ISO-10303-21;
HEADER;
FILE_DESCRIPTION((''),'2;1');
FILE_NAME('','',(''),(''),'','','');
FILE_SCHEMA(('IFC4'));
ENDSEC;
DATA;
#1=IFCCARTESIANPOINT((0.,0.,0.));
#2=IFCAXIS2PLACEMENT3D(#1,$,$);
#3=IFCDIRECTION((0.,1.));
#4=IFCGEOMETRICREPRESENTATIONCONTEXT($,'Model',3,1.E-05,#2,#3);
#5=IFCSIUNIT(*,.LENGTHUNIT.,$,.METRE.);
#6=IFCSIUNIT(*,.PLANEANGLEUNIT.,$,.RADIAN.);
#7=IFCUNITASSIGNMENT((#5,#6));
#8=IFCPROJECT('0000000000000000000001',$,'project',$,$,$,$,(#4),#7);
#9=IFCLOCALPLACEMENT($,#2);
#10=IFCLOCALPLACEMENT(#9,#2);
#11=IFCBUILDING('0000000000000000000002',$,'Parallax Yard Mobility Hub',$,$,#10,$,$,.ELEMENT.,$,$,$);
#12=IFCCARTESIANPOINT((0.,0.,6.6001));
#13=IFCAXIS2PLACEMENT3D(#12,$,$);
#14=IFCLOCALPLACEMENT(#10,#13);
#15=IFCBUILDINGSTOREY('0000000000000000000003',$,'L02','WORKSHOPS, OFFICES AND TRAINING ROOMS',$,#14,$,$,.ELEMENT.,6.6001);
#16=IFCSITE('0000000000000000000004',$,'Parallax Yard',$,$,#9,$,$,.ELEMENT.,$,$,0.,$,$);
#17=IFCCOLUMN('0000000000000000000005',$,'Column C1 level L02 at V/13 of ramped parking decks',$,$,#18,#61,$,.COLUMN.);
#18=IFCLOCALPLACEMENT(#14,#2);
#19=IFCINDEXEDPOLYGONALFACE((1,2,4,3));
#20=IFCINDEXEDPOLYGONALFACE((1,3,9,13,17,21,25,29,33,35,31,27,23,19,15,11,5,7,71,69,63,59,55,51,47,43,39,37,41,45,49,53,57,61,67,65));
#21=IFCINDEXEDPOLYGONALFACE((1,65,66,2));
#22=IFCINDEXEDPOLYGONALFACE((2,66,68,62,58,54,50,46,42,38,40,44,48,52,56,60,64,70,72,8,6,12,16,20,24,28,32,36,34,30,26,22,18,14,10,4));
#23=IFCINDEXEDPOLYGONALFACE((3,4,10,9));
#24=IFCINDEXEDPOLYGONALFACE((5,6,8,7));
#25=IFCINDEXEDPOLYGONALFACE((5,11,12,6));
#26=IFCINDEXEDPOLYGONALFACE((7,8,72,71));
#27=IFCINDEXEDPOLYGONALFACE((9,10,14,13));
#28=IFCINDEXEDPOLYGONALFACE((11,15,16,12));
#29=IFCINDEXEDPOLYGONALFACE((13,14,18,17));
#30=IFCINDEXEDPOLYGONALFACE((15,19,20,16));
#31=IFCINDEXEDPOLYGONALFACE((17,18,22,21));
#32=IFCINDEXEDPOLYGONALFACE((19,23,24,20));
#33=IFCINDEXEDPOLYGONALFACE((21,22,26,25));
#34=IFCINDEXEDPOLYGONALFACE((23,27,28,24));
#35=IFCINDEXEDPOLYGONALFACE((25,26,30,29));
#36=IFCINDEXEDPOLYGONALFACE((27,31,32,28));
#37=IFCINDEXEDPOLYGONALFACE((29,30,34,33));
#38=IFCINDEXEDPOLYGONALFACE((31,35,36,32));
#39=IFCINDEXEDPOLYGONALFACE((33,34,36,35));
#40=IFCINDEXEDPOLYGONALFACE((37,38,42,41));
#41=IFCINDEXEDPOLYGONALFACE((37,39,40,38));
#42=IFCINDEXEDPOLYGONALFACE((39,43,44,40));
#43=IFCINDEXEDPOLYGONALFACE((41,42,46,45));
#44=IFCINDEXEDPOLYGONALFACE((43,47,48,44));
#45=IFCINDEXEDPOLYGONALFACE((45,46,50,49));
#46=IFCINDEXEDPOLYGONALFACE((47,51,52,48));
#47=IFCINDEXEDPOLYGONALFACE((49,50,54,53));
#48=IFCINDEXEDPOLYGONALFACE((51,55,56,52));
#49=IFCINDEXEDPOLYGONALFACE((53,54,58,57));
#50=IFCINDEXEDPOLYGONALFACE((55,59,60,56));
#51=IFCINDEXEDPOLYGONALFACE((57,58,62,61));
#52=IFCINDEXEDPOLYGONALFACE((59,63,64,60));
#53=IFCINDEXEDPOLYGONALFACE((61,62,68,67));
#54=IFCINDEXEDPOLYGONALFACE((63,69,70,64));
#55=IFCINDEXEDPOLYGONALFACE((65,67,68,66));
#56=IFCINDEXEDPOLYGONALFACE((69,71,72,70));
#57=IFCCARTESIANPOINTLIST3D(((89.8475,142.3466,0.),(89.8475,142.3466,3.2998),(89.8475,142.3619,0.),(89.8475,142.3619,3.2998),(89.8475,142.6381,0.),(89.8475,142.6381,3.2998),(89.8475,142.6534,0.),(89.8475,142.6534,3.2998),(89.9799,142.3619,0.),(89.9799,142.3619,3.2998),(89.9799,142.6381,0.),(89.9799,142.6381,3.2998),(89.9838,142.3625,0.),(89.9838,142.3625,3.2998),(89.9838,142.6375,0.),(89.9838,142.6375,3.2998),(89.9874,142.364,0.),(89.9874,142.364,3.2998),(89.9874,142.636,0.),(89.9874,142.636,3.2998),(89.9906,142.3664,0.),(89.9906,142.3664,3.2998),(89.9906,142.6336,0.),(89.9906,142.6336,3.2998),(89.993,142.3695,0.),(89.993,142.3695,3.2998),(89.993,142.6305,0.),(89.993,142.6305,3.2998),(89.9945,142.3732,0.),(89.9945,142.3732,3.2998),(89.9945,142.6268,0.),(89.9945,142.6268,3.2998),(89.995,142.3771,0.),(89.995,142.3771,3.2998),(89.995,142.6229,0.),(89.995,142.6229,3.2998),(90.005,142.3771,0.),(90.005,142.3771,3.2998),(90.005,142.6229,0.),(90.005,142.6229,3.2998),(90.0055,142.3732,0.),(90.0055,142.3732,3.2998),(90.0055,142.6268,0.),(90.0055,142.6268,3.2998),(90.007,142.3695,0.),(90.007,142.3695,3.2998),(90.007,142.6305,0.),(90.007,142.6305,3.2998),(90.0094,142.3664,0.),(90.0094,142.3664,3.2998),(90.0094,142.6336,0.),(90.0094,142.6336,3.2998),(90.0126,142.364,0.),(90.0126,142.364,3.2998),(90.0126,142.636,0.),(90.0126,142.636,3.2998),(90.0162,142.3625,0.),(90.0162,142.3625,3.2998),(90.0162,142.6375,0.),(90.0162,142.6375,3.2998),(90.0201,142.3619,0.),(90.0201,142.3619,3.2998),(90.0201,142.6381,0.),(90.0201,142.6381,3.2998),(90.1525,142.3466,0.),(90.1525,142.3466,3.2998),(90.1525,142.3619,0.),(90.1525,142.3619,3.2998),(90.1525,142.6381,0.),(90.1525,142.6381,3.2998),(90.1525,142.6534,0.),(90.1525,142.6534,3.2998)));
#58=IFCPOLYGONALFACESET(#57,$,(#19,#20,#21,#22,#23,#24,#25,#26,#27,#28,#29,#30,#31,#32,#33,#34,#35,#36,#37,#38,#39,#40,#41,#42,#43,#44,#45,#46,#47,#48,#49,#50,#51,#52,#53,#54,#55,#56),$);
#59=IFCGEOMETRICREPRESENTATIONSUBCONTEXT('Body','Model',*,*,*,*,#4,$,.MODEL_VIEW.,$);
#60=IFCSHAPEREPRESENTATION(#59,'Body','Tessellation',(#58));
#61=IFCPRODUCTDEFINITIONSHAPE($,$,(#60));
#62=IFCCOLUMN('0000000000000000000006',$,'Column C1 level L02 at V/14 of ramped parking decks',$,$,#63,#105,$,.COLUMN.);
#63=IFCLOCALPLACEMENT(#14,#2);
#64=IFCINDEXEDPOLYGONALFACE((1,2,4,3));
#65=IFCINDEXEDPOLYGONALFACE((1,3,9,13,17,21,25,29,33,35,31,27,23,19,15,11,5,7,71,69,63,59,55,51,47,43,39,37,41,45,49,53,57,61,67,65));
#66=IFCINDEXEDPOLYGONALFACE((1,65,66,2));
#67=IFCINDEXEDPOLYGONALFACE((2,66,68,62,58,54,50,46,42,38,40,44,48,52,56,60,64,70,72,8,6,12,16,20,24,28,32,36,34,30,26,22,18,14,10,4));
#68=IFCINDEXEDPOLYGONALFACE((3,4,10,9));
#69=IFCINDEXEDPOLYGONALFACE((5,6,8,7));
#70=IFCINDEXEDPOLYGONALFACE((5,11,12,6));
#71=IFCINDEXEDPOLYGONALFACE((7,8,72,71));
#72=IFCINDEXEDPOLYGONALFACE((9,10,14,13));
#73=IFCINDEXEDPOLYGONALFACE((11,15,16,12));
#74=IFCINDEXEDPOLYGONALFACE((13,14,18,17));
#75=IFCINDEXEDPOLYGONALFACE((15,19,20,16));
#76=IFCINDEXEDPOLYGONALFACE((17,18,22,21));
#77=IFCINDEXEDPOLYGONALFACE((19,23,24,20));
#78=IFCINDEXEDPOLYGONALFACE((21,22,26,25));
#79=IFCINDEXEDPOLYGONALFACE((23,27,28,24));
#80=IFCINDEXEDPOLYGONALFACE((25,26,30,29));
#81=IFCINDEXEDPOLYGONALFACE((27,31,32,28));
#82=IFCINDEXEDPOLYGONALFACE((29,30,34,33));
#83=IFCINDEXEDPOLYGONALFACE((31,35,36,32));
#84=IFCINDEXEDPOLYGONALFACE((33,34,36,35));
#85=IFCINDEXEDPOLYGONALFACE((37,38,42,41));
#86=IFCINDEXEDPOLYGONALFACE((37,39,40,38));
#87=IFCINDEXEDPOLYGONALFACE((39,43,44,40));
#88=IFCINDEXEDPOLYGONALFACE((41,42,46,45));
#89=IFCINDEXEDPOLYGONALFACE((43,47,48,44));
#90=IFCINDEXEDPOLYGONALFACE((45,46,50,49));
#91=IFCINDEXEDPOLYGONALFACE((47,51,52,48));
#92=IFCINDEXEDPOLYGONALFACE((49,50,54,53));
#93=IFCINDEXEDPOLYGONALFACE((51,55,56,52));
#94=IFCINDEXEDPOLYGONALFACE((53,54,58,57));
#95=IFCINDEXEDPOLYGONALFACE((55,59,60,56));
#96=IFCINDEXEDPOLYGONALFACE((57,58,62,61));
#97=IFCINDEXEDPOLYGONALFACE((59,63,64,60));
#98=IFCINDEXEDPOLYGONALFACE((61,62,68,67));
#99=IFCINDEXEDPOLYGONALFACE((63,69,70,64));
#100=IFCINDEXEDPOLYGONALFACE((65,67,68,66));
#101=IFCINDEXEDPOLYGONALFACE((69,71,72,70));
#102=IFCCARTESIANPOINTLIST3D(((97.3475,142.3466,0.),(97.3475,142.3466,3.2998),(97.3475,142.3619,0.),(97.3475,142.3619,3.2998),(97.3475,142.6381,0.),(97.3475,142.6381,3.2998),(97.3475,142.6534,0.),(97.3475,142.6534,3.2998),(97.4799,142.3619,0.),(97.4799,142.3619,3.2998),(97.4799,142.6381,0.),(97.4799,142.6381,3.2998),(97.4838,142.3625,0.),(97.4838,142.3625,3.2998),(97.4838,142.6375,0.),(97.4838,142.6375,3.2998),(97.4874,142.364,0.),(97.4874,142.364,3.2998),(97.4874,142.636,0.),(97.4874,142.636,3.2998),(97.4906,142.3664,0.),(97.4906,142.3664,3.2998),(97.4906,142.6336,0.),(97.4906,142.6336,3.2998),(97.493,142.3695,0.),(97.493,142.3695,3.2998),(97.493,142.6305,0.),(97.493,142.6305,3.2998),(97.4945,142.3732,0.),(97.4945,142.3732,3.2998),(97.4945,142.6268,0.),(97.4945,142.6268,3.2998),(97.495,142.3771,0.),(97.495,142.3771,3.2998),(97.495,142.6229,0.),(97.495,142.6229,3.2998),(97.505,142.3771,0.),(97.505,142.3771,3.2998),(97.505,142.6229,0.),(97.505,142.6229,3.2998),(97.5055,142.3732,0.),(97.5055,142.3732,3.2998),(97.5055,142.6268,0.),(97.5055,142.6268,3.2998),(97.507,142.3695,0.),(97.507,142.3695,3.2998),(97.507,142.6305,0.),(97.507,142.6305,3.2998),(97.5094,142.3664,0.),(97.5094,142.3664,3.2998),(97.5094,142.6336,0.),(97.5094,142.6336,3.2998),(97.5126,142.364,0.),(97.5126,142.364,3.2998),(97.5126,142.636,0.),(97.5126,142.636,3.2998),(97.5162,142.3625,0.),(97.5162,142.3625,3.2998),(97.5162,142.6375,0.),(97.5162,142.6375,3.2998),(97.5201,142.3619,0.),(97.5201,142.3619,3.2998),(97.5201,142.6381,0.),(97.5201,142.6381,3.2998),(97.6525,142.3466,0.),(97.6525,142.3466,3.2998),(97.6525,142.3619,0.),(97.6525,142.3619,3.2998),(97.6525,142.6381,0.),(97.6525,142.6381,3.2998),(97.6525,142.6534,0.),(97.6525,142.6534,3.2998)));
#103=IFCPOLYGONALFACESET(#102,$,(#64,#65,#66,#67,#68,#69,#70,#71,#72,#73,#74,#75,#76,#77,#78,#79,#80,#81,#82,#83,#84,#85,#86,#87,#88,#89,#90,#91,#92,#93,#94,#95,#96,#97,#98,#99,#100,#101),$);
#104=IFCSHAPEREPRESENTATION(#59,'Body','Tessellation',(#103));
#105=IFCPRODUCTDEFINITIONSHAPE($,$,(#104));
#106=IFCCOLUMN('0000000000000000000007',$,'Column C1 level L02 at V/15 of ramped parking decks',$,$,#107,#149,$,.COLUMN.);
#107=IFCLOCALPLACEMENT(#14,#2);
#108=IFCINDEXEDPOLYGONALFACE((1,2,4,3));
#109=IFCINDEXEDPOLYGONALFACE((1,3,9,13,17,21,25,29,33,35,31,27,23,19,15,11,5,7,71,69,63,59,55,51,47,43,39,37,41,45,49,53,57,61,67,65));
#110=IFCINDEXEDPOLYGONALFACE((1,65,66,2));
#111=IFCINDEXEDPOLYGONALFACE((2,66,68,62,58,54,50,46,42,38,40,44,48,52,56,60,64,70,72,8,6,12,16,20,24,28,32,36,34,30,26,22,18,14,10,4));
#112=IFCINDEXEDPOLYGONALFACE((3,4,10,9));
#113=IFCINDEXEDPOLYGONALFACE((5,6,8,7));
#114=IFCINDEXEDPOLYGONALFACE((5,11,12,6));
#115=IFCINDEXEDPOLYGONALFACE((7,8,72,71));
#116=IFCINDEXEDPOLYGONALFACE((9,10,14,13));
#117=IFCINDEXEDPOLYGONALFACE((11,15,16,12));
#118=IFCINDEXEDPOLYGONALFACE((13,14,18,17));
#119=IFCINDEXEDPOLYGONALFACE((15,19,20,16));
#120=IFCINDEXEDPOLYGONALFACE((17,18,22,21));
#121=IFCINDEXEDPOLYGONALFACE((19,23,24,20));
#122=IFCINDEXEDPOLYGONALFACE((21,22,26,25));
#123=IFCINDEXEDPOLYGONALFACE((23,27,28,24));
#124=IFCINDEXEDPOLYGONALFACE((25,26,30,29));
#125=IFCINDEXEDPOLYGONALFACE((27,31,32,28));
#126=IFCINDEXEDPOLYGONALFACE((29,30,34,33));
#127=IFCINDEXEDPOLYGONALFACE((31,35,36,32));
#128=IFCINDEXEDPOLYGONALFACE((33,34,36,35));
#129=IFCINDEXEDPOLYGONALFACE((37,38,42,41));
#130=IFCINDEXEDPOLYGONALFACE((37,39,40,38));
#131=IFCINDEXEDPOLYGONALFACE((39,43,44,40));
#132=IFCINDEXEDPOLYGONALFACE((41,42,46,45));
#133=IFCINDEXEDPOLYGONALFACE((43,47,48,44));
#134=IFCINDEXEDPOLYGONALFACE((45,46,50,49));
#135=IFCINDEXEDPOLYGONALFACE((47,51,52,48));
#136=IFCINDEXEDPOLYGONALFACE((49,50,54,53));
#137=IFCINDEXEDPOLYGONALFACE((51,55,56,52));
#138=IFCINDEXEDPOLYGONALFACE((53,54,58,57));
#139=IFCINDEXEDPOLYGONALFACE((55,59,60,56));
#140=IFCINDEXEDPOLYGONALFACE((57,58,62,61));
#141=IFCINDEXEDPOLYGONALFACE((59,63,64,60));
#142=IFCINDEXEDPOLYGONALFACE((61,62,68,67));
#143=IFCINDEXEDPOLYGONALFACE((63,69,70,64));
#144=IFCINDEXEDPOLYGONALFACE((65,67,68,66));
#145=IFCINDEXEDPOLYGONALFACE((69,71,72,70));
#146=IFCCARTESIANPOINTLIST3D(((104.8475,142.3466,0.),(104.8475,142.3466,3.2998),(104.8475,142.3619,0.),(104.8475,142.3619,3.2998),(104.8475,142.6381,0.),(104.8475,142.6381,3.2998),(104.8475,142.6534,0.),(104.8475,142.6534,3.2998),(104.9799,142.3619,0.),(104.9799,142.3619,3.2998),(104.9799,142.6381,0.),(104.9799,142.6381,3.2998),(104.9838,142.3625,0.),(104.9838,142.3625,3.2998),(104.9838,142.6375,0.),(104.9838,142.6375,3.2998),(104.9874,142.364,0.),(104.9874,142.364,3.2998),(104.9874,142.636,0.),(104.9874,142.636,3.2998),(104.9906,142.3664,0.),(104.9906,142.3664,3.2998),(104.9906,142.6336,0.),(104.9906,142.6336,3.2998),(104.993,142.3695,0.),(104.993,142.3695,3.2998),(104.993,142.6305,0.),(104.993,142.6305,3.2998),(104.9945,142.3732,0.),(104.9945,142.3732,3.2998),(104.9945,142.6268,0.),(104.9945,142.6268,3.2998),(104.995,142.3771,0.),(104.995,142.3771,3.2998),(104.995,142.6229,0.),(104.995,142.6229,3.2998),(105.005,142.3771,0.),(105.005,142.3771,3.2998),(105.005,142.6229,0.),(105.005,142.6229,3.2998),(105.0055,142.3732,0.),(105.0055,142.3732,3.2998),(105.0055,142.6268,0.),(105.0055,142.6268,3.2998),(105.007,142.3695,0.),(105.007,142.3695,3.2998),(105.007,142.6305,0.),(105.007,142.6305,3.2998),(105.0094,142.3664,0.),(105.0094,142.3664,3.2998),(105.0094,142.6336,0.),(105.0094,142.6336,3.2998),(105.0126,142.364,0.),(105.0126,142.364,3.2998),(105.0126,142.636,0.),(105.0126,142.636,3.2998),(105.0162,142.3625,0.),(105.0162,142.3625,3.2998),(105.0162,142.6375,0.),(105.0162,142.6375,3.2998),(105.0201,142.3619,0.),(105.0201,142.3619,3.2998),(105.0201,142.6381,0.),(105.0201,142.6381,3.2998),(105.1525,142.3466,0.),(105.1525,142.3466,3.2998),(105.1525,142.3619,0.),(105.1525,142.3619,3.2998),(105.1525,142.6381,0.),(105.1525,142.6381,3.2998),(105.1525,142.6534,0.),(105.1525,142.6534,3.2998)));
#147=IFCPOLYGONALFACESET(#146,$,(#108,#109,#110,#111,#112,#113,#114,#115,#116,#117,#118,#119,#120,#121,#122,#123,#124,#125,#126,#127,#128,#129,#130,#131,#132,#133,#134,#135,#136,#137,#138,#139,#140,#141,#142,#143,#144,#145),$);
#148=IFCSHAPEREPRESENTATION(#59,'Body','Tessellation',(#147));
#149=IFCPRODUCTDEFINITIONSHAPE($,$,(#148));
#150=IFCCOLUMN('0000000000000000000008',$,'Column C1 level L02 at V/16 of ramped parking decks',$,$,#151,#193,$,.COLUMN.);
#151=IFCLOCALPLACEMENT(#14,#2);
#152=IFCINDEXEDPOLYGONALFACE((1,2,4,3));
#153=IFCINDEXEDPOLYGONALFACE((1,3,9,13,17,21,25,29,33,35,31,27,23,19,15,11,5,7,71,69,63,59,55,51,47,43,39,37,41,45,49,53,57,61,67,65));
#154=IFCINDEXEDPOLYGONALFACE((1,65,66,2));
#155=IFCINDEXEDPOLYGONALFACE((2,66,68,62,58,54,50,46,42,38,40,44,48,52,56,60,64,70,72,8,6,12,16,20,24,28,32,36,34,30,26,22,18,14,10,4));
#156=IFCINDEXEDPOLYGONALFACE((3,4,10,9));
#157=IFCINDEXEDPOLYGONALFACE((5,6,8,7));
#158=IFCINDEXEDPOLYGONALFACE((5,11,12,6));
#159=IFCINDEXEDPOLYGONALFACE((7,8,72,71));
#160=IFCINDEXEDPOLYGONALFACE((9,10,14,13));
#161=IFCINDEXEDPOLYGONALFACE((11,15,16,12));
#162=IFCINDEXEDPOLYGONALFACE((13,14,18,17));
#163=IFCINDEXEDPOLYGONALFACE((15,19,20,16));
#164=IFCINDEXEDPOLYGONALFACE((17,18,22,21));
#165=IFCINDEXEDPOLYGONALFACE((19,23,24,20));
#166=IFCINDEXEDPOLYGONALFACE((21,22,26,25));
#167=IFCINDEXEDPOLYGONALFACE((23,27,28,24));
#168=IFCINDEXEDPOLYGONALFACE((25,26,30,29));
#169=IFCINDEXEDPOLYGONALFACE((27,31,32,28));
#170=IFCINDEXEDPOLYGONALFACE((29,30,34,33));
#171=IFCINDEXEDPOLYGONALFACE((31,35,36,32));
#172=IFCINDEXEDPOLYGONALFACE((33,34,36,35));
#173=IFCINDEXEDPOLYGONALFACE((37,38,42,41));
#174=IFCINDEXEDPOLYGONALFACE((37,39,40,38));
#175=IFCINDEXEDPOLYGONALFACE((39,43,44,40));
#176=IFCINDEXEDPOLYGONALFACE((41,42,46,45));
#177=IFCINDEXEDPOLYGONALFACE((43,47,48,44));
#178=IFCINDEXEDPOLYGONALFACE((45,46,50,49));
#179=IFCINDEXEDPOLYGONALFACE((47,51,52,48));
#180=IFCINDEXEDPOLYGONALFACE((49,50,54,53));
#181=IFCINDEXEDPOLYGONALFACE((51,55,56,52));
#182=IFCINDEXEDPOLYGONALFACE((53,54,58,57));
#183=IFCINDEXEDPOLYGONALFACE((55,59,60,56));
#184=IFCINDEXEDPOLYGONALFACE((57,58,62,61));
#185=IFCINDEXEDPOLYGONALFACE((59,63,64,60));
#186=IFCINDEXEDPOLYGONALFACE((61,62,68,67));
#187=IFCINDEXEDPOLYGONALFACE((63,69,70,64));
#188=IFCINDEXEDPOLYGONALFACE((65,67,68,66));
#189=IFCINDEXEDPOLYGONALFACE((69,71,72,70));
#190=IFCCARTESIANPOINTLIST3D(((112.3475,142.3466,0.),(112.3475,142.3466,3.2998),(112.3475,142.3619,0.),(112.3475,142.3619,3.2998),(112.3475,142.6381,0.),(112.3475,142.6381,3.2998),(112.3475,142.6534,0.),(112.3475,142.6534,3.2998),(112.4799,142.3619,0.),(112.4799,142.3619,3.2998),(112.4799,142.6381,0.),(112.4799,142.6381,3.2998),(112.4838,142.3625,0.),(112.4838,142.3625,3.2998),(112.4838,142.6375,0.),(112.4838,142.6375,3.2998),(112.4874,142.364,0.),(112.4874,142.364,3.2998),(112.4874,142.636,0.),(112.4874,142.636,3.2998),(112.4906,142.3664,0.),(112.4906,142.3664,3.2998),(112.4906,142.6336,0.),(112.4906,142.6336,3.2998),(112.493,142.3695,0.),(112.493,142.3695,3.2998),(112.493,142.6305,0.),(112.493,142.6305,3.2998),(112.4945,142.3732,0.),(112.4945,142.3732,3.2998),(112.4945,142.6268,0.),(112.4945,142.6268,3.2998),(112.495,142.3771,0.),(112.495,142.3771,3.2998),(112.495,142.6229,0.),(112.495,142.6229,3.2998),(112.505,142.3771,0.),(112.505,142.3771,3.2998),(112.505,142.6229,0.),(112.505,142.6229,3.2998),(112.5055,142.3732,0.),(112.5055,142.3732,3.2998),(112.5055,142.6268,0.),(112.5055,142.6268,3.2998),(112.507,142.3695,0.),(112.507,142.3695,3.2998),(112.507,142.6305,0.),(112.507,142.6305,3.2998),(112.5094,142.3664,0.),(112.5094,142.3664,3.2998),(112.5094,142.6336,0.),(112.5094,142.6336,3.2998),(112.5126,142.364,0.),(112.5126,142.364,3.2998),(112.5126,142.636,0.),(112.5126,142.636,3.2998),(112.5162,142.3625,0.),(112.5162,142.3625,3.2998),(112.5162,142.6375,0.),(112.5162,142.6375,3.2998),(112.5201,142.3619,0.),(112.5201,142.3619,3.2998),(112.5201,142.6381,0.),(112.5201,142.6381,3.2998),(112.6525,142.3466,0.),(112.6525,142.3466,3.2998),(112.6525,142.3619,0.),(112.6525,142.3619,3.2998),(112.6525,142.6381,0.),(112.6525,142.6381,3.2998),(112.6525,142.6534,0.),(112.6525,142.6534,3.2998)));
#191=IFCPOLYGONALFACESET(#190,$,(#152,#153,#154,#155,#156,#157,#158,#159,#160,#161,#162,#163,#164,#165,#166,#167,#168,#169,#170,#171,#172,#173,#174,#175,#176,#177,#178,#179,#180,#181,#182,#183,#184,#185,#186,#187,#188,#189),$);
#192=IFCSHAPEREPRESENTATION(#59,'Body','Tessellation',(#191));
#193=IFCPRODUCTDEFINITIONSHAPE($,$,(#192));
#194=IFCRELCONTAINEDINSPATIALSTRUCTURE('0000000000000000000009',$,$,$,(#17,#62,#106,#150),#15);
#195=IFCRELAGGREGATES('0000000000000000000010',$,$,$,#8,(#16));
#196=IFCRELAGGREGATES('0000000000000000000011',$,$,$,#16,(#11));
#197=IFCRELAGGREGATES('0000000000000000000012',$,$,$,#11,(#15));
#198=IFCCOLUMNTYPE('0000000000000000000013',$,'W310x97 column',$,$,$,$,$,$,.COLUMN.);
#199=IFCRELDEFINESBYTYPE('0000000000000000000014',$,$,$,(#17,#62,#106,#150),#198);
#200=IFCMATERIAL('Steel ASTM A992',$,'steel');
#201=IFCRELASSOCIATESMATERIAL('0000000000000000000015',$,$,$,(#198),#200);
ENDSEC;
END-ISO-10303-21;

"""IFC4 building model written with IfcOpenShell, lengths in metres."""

from ifc_helpers import new_model, si_unit, direction, frame, origin, origin_2d, place, context, subcontext, project, spatial, i_section, extrude, material, material_profile, profile_set, type_object, element, save


model = new_model("IFC4")

# Units and contexts
model_context = context("Model", 3, precision=1e-05, world=origin(), true_north=direction((0.0, 1.0)))
body_context = subcontext(model_context, "Body", "Model", "MODEL_VIEW")
ifc_project = project(units=[si_unit("LENGTHUNIT", "METRE"), si_unit("PLANEANGLEUNIT", "RADIAN")], contexts=[model_context])

# Site, building, storey
site_placement = place(None, origin())
site = spatial("IfcSite", under=ifc_project, at=site_placement, Name="Parallax Yard", CompositionType="ELEMENT", RefElevation=0.0)
building_placement = place(site_placement, origin())
building = spatial("IfcBuilding", under=site, at=building_placement, Name="Parallax Yard Mobility Hub", CompositionType="ELEMENT")
storey_placement = place(building_placement, frame((0.0, 0.0, 6.6001)))
storey = spatial("IfcBuildingStorey", under=building, at=storey_placement, Name="L02", Description="WORKSHOPS, OFFICES AND TRAINING ROOMS", CompositionType="ELEMENT", Elevation=6.6001)

# Columns
ifc_material_1 = material(Name="Steel ASTM A992", Category="steel")
ifc_material_profile_1 = material_profile(ifc_material_1, i_section(OverallWidth=0.3049, OverallDepth=0.3069, WebThickness=0.01, FlangeThickness=0.0154, FilletRadius=0.0151, at=origin_2d()), Name="W310x97")
ifc_profile_set_1 = profile_set([ifc_material_profile_1], Name="Steel ASTM A992")
column_type = type_object("IfcColumnType", Name="W310x97 column", PredefinedType="COLUMN", material=ifc_profile_set_1)
for number, where, z_axis, x_axis, name in (
    (1, (90.0, 142.5, 0.0), (0.0, 0.0, 1.0), (1.0, 0.0, 0.0), "Column C1 level L02 at V/13 of ramped parking decks"),
    (2, (97.5, 142.5, 0.0), (0.0, 0.0, 1.0), (1.0, 0.0, 0.0), "Column C1 level L02 at V/14 of ramped parking decks"),
    (3, (105.0, 142.5, 0.0), (0.0, 0.0, 1.0), (1.0, 0.0, 0.0), "Column C1 level L02 at V/15 of ramped parking decks"),
    (4, (112.5, 142.5, 0.0), (0.0, 0.0, 1.0), (1.0, 0.0, 0.0), "Column C1 level L02 at V/16 of ramped parking decks"),
):
    element("IfcColumn", number, at=place(storey_placement, frame(where, z_axis=z_axis, x_axis=x_axis)), inside=storey, type_object=column_type, Name=name, PredefinedType="COLUMN", context=body_context, shape_type="SweptSolid", body=[
        extrude(i_section(OverallWidth=0.3049, OverallDepth=0.3069, WebThickness=0.01, FlangeThickness=0.0154, FilletRadius=0.0151, at=origin_2d()), origin(), (0.0, 0.0, 1.0), 3.2998),
    ])

save(model, "model.ifc")
